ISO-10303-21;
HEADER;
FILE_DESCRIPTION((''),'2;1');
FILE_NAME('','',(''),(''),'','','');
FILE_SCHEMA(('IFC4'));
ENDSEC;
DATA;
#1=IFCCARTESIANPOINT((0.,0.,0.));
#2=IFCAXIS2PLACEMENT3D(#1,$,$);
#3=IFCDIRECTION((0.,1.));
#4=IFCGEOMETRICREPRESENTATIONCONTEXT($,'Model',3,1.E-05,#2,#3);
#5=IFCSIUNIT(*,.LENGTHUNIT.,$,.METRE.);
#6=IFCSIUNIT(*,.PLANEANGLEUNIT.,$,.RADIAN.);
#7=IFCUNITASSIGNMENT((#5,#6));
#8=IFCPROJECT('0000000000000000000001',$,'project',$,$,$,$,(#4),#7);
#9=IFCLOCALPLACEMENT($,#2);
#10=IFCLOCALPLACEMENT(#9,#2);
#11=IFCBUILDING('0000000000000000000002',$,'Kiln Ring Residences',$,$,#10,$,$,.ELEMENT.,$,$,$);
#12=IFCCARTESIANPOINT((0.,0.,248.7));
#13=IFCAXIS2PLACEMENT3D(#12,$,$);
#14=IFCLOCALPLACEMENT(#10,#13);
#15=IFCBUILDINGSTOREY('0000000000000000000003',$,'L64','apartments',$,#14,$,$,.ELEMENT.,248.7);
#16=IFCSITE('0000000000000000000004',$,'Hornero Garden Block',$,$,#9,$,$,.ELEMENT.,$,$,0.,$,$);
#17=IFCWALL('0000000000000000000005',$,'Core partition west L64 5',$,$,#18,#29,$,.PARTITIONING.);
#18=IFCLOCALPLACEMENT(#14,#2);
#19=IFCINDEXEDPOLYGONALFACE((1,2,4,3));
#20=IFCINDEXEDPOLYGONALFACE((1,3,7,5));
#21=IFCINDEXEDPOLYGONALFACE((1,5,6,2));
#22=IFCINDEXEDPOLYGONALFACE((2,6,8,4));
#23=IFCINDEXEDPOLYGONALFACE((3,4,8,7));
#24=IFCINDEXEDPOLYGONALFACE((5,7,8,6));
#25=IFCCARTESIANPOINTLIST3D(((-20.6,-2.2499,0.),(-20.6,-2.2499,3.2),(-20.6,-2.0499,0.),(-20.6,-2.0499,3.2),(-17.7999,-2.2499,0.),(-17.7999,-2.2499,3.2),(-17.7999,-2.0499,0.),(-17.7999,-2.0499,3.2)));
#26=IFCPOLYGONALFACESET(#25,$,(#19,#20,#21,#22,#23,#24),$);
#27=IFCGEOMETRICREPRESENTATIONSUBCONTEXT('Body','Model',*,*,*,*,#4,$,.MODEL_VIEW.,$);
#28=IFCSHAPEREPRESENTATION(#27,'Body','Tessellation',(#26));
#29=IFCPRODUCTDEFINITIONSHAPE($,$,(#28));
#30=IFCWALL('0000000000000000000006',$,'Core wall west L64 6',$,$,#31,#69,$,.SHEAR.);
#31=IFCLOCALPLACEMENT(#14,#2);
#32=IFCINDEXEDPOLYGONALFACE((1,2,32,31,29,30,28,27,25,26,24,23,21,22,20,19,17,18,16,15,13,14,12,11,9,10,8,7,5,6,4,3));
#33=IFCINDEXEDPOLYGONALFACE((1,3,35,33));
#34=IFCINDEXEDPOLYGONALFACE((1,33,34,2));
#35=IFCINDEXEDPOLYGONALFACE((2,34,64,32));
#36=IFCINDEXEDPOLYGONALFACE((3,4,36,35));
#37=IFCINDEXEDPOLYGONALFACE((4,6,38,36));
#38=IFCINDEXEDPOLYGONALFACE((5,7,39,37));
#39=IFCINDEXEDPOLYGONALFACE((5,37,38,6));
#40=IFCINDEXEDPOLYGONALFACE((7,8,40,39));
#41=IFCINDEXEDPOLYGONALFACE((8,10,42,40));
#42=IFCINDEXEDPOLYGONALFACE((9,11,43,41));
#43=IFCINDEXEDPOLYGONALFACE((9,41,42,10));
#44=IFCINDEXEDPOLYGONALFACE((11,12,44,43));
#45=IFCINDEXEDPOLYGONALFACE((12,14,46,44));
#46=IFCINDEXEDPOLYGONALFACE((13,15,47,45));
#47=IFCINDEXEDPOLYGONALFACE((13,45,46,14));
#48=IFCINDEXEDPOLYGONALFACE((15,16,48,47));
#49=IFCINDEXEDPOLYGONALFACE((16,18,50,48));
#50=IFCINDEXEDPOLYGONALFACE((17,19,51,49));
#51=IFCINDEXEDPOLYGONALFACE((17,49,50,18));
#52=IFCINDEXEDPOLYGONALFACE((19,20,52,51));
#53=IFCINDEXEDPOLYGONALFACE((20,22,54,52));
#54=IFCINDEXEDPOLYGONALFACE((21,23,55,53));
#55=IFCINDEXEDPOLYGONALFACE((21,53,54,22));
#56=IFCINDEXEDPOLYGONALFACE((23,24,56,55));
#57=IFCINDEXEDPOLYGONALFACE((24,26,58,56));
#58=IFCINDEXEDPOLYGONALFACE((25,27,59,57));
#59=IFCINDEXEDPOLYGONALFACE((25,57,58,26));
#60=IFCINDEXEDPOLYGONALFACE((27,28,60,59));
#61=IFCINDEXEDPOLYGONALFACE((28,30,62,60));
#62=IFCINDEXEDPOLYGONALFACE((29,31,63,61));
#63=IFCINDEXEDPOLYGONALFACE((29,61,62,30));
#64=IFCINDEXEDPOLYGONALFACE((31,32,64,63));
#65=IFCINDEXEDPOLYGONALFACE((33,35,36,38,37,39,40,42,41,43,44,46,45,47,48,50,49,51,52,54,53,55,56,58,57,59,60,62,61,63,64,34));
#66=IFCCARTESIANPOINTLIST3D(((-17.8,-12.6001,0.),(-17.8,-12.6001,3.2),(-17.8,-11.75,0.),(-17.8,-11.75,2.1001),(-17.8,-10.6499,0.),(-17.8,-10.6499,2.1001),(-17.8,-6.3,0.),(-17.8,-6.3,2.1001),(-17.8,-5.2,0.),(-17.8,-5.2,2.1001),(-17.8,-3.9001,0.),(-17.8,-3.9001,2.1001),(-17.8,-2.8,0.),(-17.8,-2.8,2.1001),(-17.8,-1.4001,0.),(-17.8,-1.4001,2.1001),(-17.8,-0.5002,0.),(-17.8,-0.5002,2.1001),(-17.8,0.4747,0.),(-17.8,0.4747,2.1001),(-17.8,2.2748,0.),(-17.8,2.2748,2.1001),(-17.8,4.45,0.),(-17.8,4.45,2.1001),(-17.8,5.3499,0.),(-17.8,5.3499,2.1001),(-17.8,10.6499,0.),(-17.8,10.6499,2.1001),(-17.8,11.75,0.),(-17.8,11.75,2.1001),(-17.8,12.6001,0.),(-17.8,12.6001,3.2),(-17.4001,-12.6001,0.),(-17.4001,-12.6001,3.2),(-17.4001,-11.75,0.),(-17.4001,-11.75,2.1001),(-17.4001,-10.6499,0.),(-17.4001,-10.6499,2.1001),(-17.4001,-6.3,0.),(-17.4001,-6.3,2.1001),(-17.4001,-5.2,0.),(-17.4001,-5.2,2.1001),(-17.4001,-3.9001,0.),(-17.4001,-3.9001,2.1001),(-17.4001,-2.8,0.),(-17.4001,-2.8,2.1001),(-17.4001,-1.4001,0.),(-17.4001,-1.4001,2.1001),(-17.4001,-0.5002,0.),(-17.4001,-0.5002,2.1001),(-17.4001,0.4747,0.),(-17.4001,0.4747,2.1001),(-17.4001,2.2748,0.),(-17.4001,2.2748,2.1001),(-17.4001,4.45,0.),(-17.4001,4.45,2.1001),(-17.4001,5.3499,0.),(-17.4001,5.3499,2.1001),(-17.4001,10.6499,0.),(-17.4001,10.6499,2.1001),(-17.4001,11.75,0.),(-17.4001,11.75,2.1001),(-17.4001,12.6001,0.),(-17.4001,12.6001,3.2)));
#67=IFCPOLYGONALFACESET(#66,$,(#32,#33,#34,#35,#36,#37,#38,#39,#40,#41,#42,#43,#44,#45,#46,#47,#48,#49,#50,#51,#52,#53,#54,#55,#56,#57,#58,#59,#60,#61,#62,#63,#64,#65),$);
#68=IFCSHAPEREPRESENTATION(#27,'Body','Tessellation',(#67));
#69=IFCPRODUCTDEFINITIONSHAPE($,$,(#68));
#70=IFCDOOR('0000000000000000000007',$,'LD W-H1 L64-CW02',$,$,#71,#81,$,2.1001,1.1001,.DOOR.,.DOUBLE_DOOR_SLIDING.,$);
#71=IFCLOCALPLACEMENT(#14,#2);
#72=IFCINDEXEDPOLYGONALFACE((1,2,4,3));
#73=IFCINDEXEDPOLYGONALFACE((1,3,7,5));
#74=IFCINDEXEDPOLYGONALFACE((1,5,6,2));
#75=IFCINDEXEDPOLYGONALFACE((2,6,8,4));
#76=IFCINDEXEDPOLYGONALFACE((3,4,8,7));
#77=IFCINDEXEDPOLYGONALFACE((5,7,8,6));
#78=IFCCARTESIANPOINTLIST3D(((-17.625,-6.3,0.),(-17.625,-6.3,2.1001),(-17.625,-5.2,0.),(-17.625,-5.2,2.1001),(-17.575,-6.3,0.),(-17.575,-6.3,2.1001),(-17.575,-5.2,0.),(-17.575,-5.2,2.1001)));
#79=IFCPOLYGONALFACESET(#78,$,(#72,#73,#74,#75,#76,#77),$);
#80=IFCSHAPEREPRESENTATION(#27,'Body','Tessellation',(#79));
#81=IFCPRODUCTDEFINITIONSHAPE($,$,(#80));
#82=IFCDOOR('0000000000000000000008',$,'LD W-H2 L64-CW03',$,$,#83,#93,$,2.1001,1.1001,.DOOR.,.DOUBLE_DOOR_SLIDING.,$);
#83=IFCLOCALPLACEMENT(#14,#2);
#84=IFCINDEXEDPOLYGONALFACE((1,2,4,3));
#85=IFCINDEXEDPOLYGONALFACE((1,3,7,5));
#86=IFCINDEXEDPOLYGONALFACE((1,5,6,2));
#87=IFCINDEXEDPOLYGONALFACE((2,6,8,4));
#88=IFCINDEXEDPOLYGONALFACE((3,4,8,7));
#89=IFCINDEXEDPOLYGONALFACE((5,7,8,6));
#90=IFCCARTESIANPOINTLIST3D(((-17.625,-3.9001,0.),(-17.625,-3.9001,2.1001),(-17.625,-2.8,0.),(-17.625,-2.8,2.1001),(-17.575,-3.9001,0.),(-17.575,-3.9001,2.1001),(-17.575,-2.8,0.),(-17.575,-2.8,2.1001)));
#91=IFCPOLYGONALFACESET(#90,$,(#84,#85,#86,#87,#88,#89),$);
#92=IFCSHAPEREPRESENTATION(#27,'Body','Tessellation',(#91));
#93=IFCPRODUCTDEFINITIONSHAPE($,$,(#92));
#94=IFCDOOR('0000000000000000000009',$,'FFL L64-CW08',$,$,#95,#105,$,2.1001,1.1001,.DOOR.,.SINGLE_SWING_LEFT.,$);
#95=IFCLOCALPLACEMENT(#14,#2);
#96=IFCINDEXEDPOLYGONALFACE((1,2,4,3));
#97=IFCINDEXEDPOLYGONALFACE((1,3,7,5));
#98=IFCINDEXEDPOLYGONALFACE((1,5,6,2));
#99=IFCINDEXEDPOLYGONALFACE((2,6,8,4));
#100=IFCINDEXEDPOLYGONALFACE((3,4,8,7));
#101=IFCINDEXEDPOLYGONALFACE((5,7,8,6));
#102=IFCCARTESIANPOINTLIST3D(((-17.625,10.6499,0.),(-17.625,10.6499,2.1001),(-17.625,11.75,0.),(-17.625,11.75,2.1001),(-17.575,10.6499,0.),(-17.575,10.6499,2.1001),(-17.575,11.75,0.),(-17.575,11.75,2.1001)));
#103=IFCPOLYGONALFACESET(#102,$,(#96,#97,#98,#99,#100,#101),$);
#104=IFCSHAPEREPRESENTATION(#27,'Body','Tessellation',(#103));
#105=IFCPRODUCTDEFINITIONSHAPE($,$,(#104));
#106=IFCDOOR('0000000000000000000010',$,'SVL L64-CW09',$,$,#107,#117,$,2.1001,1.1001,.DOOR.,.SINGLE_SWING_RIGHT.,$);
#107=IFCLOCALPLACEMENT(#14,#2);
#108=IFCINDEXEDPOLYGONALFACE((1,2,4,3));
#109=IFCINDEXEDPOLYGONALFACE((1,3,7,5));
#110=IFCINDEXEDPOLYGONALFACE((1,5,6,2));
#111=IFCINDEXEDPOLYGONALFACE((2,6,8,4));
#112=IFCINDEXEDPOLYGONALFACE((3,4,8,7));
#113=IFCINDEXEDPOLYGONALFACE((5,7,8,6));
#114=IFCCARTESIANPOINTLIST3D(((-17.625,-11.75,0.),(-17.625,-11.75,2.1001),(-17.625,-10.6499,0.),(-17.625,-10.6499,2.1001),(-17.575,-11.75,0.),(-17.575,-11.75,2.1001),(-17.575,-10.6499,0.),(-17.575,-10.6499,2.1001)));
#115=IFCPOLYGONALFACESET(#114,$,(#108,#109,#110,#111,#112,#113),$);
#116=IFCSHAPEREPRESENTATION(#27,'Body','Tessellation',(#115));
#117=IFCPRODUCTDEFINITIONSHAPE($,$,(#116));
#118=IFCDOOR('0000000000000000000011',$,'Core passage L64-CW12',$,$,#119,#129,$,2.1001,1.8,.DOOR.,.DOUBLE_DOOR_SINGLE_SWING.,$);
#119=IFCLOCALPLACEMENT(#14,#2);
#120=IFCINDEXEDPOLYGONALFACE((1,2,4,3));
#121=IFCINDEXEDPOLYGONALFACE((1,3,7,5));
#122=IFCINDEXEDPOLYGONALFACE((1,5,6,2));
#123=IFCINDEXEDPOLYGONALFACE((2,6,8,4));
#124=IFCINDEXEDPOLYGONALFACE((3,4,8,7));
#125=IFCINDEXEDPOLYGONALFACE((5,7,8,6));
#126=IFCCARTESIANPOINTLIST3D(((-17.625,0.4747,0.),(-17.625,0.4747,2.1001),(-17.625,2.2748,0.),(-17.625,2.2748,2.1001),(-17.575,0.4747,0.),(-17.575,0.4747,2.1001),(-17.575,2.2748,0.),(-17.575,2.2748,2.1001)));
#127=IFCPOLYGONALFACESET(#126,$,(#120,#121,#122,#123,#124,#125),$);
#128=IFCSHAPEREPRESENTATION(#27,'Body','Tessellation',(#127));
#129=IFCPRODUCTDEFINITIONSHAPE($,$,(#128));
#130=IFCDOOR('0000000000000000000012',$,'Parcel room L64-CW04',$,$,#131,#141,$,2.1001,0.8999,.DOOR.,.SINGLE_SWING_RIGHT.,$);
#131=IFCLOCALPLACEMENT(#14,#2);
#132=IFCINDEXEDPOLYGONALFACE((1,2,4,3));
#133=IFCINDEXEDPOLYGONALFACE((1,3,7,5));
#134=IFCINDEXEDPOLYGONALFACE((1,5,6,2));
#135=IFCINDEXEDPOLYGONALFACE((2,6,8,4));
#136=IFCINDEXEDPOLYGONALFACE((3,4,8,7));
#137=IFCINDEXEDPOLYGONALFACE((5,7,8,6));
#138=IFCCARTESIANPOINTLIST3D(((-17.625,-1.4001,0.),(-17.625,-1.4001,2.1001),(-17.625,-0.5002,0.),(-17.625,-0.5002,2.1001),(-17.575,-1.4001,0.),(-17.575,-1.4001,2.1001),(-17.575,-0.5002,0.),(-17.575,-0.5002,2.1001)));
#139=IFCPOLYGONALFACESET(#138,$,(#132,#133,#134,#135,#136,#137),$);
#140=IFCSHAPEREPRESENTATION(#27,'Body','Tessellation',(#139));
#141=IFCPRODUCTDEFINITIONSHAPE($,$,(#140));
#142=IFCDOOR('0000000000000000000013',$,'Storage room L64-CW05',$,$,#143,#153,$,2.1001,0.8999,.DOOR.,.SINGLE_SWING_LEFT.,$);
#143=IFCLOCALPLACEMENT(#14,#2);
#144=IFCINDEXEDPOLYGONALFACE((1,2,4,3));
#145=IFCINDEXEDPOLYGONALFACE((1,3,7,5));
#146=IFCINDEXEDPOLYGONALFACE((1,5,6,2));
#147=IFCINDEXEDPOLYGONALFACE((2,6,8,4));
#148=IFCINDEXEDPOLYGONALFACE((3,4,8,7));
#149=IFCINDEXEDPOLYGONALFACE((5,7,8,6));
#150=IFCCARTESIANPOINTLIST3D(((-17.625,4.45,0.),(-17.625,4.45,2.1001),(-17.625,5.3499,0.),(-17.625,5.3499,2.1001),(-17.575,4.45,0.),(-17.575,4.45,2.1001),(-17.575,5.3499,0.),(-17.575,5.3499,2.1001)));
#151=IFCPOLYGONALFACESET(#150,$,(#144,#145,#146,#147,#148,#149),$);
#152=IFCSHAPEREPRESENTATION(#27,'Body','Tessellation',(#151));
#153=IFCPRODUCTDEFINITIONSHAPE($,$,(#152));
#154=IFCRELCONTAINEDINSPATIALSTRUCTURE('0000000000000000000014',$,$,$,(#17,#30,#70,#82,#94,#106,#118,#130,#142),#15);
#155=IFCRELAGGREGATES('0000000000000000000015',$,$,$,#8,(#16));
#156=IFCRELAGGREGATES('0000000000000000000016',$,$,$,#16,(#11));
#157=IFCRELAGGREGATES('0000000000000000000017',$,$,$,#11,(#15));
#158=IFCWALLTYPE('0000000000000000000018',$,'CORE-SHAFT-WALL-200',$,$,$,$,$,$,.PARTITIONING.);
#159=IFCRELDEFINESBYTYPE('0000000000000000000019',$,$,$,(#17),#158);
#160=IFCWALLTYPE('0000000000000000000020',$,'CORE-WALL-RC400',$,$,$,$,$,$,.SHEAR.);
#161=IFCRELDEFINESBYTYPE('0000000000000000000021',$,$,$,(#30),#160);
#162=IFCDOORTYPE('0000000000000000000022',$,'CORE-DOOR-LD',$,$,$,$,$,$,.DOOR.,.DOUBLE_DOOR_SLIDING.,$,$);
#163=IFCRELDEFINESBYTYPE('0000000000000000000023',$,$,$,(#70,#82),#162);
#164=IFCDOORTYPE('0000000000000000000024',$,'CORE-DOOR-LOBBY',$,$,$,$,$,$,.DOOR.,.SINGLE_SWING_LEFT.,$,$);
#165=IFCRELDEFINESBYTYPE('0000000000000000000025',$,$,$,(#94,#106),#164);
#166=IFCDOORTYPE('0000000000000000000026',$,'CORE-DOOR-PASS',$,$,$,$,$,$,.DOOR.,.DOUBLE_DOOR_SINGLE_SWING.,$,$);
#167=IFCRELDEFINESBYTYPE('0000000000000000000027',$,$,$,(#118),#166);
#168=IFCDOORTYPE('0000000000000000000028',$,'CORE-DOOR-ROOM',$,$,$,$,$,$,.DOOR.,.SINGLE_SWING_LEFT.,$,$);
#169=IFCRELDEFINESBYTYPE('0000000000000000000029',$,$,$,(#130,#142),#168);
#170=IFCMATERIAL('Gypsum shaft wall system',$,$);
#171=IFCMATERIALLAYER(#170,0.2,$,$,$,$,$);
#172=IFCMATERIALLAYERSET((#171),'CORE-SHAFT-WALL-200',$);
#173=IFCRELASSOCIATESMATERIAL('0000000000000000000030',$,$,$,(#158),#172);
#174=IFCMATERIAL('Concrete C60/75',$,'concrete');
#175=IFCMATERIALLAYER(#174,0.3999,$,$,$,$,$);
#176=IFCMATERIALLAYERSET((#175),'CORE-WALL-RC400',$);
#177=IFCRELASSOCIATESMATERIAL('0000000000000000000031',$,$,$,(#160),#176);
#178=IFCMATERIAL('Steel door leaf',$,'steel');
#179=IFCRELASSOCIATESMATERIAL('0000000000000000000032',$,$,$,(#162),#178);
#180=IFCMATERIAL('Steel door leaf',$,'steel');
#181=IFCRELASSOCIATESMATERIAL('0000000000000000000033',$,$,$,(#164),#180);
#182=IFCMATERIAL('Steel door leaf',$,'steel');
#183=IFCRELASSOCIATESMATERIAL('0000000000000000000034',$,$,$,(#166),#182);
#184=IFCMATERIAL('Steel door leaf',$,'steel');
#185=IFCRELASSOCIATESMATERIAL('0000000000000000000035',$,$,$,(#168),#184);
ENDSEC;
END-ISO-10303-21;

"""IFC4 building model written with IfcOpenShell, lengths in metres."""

from ifc_helpers import new_model, si_unit, direction, frame, frame_2d, origin, place, context, subcontext, project, spatial, rectangle, extrude, material, layer, layer_set, type_object, element, fill, save


model = new_model("IFC4")

# Units and contexts
model_context = context("Model", 3, precision=1e-05, world=origin(), true_north=direction((0.0, 1.0)))
body_context = subcontext(model_context, "Body", "Model", "MODEL_VIEW")
ifc_project = project(units=[si_unit("LENGTHUNIT", "METRE"), si_unit("PLANEANGLEUNIT", "RADIAN")], contexts=[model_context])

# Site, building, storey
site_placement = place(None, origin())
site = spatial("IfcSite", under=ifc_project, at=site_placement, Name="Hornero Garden Block", CompositionType="ELEMENT", RefElevation=0.0)
building_placement = place(site_placement, origin())
building = spatial("IfcBuilding", under=site, at=building_placement, Name="Kiln Ring Residences", CompositionType="ELEMENT")
storey_placement = place(building_placement, frame((0.0, 0.0, 248.7)))
storey = spatial("IfcBuildingStorey", under=building, at=storey_placement, Name="L64", Description="apartments", CompositionType="ELEMENT", Elevation=248.7)

# Wall
ifc_material_1 = material(Name="Gypsum shaft wall system")
ifc_layer_1 = layer(ifc_material_1, 0.2)
ifc_layer_set_1 = layer_set([ifc_layer_1], Name="CORE-SHAFT-WALL-200")
wall_type_1 = type_object("IfcWallType", Name="CORE-SHAFT-WALL-200", PredefinedType="PARTITIONING", material=ifc_layer_set_1)
wall_1_placement = place(storey_placement, frame((-17.8, -2.1499, 0.0), z_axis=(0.0, 0.0, 1.0), x_axis=(-1.0, 0.0, 0.0)))
element("IfcWall", 1, at=wall_1_placement, inside=storey, type_object=wall_type_1, Name="Core partition west L64 5", PredefinedType="PARTITIONING", context=body_context, shape_type="SweptSolid", body=[
    extrude(rectangle(XDim=2.8, YDim=0.2, at=frame_2d((1.3999, 0.0))), origin(), (0.0, 0.0, 1.0), 3.2),
])

# Wall, openings, doors
ifc_material_2 = material(Name="Concrete C60/75", Category="concrete")
ifc_layer_2 = layer(ifc_material_2, 0.3999)
ifc_layer_set_2 = layer_set([ifc_layer_2], Name="CORE-WALL-RC400")
wall_type_2 = type_object("IfcWallType", Name="CORE-WALL-RC400", PredefinedType="SHEAR", material=ifc_layer_set_2)
wall_2_placement = place(storey_placement, frame((-17.6001, -12.6001, 0.0), z_axis=(0.0, 0.0, 1.0), x_axis=(0.0, 1.0, 0.0)))
wall_2 = element("IfcWall", 2, at=wall_2_placement, inside=storey, type_object=wall_type_2, Name="Core wall west L64 6", PredefinedType="SHEAR", context=body_context, shape_type="SweptSolid", body=[
    extrude(rectangle(XDim=25.2002, YDim=0.3999, at=frame_2d((12.6001, 0.0))), origin(), (0.0, 0.0, 1.0), 3.2),
])
opening_1_placement = place(wall_2_placement, frame((6.3, 0.0, 0.0)))
opening_1 = element("IfcOpeningElement", 3, at=opening_1_placement, cuts=wall_2, PredefinedType="OPENING", context=body_context, shape_type="SweptSolid", body=[
    extrude(rectangle(XDim=1.1001, YDim=2.1001, at=frame_2d((0.55, 1.05))), frame((0.0, 0.21, 0.0), z_axis=(0.0, -1.0, 0.0), x_axis=(1.0, 0.0, 0.0)), (0.0, 0.0, 1.0), 0.4199),
])
opening_2_placement = place(wall_2_placement, frame((8.7, 0.0, 0.0)))
opening_2 = element("IfcOpeningElement", 4, at=opening_2_placement, cuts=wall_2, PredefinedType="OPENING", context=body_context, shape_type="SweptSolid", body=[
    extrude(rectangle(XDim=1.1001, YDim=2.1001, at=frame_2d((0.55, 1.05))), frame((0.0, 0.21, 0.0), z_axis=(0.0, -1.0, 0.0), x_axis=(1.0, 0.0, 0.0)), (0.0, 0.0, 1.0), 0.4199),
])
opening_3_placement = place(wall_2_placement, frame((11.2, 0.0, 0.0)))
opening_3 = element("IfcOpeningElement", 5, at=opening_3_placement, cuts=wall_2, PredefinedType="OPENING", context=body_context, shape_type="SweptSolid", body=[
    extrude(rectangle(XDim=0.8999, YDim=2.1001, at=frame_2d((0.45, 1.05))), frame((0.0, 0.21, 0.0), z_axis=(0.0, -1.0, 0.0), x_axis=(1.0, 0.0, 0.0)), (0.0, 0.0, 1.0), 0.4199),
])
opening_4_placement = place(wall_2_placement, frame((17.05, 0.0, 0.0)))
opening_4 = element("IfcOpeningElement", 6, at=opening_4_placement, cuts=wall_2, PredefinedType="OPENING", context=body_context, shape_type="SweptSolid", body=[
    extrude(rectangle(XDim=0.8999, YDim=2.1001, at=frame_2d((0.45, 1.05))), frame((0.0, 0.21, 0.0), z_axis=(0.0, -1.0, 0.0), x_axis=(1.0, 0.0, 0.0)), (0.0, 0.0, 1.0), 0.4199),
])
opening_5_placement = place(wall_2_placement, frame((23.25, 0.0, 0.0)))
opening_5 = element("IfcOpeningElement", 7, at=opening_5_placement, cuts=wall_2, PredefinedType="OPENING", context=body_context, shape_type="SweptSolid", body=[
    extrude(rectangle(XDim=1.1001, YDim=2.1001, at=frame_2d((0.55, 1.05))), frame((0.0, 0.21, 0.0), z_axis=(0.0, -1.0, 0.0), x_axis=(1.0, 0.0, 0.0)), (0.0, 0.0, 1.0), 0.4199),
])
opening_6_placement = place(wall_2_placement, frame((0.8501, 0.0, 0.0)))
opening_6 = element("IfcOpeningElement", 8, at=opening_6_placement, cuts=wall_2, PredefinedType="OPENING", context=body_context, shape_type="SweptSolid", body=[
    extrude(rectangle(XDim=1.1001, YDim=2.1001, at=frame_2d((0.55, 1.05))), frame((0.0, 0.21, 0.0), z_axis=(0.0, -1.0, 0.0), x_axis=(1.0, 0.0, 0.0)), (0.0, 0.0, 1.0), 0.4199),
])
opening_7_placement = place(wall_2_placement, frame((13.075, 0.0, 0.0)))
opening_7 = element("IfcOpeningElement", 9, at=opening_7_placement, cuts=wall_2, PredefinedType="OPENING", context=body_context, shape_type="SweptSolid", body=[
    extrude(rectangle(XDim=1.8, YDim=2.1001, at=frame_2d((0.8999, 1.05))), frame((0.0, 0.21, 0.0), z_axis=(0.0, -1.0, 0.0), x_axis=(1.0, 0.0, 0.0)), (0.0, 0.0, 1.0), 0.4199),
])
ifc_material_3 = material(Name="Steel door leaf", Category="steel")
door_type_1 = type_object("IfcDoorType", Name="CORE-DOOR-LD", OperationType="DOUBLE_DOOR_SLIDING", PredefinedType="DOOR", material=ifc_material_3)
door_1_placement = place(opening_1_placement, origin())
door_1 = element("IfcDoor", 10, at=door_1_placement, inside=storey, type_object=door_type_1, Name="LD W-H1 L64-CW02", OperationType="DOUBLE_DOOR_SLIDING", OverallHeight=2.1001, OverallWidth=1.1001, PredefinedType="DOOR", context=body_context, shape_type="SweptSolid", body=[
    extrude(rectangle(XDim=1.1001, YDim=2.1001, at=frame_2d((0.55, 1.05))), frame((0.0, 0.0249, 0.0), z_axis=(0.0, -1.0, 0.0), x_axis=(1.0, 0.0, 0.0)), (0.0, 0.0, 1.0), 0.05),
])
fill(opening_1, door_1)
door_2_placement = place(opening_2_placement, origin())
door_2 = element("IfcDoor", 11, at=door_2_placement, inside=storey, type_object=door_type_1, Name="LD W-H2 L64-CW03", OperationType="DOUBLE_DOOR_SLIDING", OverallHeight=2.1001, OverallWidth=1.1001, PredefinedType="DOOR", context=body_context, shape_type="SweptSolid", body=[
    extrude(rectangle(XDim=1.1001, YDim=2.1001, at=frame_2d((0.55, 1.05))), frame((0.0, 0.0249, 0.0), z_axis=(0.0, -1.0, 0.0), x_axis=(1.0, 0.0, 0.0)), (0.0, 0.0, 1.0), 0.05),
])
fill(opening_2, door_2)
ifc_material_4 = material(Name="Steel door leaf", Category="steel")
door_type_2 = type_object("IfcDoorType", Name="CORE-DOOR-LOBBY", OperationType="SINGLE_SWING_LEFT", PredefinedType="DOOR", material=ifc_material_4)
door_3_placement = place(opening_5_placement, origin())
door_3 = element("IfcDoor", 12, at=door_3_placement, inside=storey, type_object=door_type_2, Name="FFL L64-CW08", OperationType="SINGLE_SWING_LEFT", OverallHeight=2.1001, OverallWidth=1.1001, PredefinedType="DOOR", context=body_context, shape_type="SweptSolid", body=[
    extrude(rectangle(XDim=1.1001, YDim=2.1001, at=frame_2d((0.55, 1.05))), frame((0.0, 0.0249, 0.0), z_axis=(0.0, -1.0, 0.0), x_axis=(1.0, 0.0, 0.0)), (0.0, 0.0, 1.0), 0.05),
])
fill(opening_5, door_3)
door_4_placement = place(opening_6_placement, origin())
door_4 = element("IfcDoor", 13, at=door_4_placement, inside=storey, type_object=door_type_2, Name="SVL L64-CW09", OperationType="SINGLE_SWING_RIGHT", OverallHeight=2.1001, OverallWidth=1.1001, PredefinedType="DOOR", context=body_context, shape_type="SweptSolid", body=[
    extrude(rectangle(XDim=1.1001, YDim=2.1001, at=frame_2d((0.55, 1.05))), frame((0.0, 0.0249, 0.0), z_axis=(0.0, -1.0, 0.0), x_axis=(1.0, 0.0, 0.0)), (0.0, 0.0, 1.0), 0.05),
])
fill(opening_6, door_4)
ifc_material_5 = material(Name="Steel door leaf", Category="steel")
door_type_3 = type_object("IfcDoorType", Name="CORE-DOOR-PASS", OperationType="DOUBLE_DOOR_SINGLE_SWING", PredefinedType="DOOR", material=ifc_material_5)
door_5_placement = place(opening_7_placement, origin())
door_5 = element("IfcDoor", 14, at=door_5_placement, inside=storey, type_object=door_type_3, Name="Core passage L64-CW12", OperationType="DOUBLE_DOOR_SINGLE_SWING", OverallHeight=2.1001, OverallWidth=1.8, PredefinedType="DOOR", context=body_context, shape_type="SweptSolid", body=[
    extrude(rectangle(XDim=1.8, YDim=2.1001, at=frame_2d((0.8999, 1.05))), frame((0.0, 0.0249, 0.0), z_axis=(0.0, -1.0, 0.0), x_axis=(1.0, 0.0, 0.0)), (0.0, 0.0, 1.0), 0.05),
])
fill(opening_7, door_5)
ifc_material_6 = material(Name="Steel door leaf", Category="steel")
door_type_4 = type_object("IfcDoorType", Name="CORE-DOOR-ROOM", OperationType="SINGLE_SWING_LEFT", PredefinedType="DOOR", material=ifc_material_6)
door_6_placement = place(opening_3_placement, origin())
door_6 = element("IfcDoor", 15, at=door_6_placement, inside=storey, type_object=door_type_4, Name="Parcel room L64-CW04", OperationType="SINGLE_SWING_RIGHT", OverallHeight=2.1001, OverallWidth=0.8999, PredefinedType="DOOR", context=body_context, shape_type="SweptSolid", body=[
    extrude(rectangle(XDim=0.8999, YDim=2.1001, at=frame_2d((0.45, 1.05))), frame((0.0, 0.0249, 0.0), z_axis=(0.0, -1.0, 0.0), x_axis=(1.0, 0.0, 0.0)), (0.0, 0.0, 1.0), 0.05),
])
fill(opening_3, door_6)
door_7_placement = place(opening_4_placement, origin())
door_7 = element("IfcDoor", 16, at=door_7_placement, inside=storey, type_object=door_type_4, Name="Storage room L64-CW05", OperationType="SINGLE_SWING_LEFT", OverallHeight=2.1001, OverallWidth=0.8999, PredefinedType="DOOR", context=body_context, shape_type="SweptSolid", body=[
    extrude(rectangle(XDim=0.8999, YDim=2.1001, at=frame_2d((0.45, 1.05))), frame((0.0, 0.0249, 0.0), z_axis=(0.0, -1.0, 0.0), x_axis=(1.0, 0.0, 0.0)), (0.0, 0.0, 1.0), 0.05),
])
fill(opening_4, door_7)

save(model, "model.ifc")
